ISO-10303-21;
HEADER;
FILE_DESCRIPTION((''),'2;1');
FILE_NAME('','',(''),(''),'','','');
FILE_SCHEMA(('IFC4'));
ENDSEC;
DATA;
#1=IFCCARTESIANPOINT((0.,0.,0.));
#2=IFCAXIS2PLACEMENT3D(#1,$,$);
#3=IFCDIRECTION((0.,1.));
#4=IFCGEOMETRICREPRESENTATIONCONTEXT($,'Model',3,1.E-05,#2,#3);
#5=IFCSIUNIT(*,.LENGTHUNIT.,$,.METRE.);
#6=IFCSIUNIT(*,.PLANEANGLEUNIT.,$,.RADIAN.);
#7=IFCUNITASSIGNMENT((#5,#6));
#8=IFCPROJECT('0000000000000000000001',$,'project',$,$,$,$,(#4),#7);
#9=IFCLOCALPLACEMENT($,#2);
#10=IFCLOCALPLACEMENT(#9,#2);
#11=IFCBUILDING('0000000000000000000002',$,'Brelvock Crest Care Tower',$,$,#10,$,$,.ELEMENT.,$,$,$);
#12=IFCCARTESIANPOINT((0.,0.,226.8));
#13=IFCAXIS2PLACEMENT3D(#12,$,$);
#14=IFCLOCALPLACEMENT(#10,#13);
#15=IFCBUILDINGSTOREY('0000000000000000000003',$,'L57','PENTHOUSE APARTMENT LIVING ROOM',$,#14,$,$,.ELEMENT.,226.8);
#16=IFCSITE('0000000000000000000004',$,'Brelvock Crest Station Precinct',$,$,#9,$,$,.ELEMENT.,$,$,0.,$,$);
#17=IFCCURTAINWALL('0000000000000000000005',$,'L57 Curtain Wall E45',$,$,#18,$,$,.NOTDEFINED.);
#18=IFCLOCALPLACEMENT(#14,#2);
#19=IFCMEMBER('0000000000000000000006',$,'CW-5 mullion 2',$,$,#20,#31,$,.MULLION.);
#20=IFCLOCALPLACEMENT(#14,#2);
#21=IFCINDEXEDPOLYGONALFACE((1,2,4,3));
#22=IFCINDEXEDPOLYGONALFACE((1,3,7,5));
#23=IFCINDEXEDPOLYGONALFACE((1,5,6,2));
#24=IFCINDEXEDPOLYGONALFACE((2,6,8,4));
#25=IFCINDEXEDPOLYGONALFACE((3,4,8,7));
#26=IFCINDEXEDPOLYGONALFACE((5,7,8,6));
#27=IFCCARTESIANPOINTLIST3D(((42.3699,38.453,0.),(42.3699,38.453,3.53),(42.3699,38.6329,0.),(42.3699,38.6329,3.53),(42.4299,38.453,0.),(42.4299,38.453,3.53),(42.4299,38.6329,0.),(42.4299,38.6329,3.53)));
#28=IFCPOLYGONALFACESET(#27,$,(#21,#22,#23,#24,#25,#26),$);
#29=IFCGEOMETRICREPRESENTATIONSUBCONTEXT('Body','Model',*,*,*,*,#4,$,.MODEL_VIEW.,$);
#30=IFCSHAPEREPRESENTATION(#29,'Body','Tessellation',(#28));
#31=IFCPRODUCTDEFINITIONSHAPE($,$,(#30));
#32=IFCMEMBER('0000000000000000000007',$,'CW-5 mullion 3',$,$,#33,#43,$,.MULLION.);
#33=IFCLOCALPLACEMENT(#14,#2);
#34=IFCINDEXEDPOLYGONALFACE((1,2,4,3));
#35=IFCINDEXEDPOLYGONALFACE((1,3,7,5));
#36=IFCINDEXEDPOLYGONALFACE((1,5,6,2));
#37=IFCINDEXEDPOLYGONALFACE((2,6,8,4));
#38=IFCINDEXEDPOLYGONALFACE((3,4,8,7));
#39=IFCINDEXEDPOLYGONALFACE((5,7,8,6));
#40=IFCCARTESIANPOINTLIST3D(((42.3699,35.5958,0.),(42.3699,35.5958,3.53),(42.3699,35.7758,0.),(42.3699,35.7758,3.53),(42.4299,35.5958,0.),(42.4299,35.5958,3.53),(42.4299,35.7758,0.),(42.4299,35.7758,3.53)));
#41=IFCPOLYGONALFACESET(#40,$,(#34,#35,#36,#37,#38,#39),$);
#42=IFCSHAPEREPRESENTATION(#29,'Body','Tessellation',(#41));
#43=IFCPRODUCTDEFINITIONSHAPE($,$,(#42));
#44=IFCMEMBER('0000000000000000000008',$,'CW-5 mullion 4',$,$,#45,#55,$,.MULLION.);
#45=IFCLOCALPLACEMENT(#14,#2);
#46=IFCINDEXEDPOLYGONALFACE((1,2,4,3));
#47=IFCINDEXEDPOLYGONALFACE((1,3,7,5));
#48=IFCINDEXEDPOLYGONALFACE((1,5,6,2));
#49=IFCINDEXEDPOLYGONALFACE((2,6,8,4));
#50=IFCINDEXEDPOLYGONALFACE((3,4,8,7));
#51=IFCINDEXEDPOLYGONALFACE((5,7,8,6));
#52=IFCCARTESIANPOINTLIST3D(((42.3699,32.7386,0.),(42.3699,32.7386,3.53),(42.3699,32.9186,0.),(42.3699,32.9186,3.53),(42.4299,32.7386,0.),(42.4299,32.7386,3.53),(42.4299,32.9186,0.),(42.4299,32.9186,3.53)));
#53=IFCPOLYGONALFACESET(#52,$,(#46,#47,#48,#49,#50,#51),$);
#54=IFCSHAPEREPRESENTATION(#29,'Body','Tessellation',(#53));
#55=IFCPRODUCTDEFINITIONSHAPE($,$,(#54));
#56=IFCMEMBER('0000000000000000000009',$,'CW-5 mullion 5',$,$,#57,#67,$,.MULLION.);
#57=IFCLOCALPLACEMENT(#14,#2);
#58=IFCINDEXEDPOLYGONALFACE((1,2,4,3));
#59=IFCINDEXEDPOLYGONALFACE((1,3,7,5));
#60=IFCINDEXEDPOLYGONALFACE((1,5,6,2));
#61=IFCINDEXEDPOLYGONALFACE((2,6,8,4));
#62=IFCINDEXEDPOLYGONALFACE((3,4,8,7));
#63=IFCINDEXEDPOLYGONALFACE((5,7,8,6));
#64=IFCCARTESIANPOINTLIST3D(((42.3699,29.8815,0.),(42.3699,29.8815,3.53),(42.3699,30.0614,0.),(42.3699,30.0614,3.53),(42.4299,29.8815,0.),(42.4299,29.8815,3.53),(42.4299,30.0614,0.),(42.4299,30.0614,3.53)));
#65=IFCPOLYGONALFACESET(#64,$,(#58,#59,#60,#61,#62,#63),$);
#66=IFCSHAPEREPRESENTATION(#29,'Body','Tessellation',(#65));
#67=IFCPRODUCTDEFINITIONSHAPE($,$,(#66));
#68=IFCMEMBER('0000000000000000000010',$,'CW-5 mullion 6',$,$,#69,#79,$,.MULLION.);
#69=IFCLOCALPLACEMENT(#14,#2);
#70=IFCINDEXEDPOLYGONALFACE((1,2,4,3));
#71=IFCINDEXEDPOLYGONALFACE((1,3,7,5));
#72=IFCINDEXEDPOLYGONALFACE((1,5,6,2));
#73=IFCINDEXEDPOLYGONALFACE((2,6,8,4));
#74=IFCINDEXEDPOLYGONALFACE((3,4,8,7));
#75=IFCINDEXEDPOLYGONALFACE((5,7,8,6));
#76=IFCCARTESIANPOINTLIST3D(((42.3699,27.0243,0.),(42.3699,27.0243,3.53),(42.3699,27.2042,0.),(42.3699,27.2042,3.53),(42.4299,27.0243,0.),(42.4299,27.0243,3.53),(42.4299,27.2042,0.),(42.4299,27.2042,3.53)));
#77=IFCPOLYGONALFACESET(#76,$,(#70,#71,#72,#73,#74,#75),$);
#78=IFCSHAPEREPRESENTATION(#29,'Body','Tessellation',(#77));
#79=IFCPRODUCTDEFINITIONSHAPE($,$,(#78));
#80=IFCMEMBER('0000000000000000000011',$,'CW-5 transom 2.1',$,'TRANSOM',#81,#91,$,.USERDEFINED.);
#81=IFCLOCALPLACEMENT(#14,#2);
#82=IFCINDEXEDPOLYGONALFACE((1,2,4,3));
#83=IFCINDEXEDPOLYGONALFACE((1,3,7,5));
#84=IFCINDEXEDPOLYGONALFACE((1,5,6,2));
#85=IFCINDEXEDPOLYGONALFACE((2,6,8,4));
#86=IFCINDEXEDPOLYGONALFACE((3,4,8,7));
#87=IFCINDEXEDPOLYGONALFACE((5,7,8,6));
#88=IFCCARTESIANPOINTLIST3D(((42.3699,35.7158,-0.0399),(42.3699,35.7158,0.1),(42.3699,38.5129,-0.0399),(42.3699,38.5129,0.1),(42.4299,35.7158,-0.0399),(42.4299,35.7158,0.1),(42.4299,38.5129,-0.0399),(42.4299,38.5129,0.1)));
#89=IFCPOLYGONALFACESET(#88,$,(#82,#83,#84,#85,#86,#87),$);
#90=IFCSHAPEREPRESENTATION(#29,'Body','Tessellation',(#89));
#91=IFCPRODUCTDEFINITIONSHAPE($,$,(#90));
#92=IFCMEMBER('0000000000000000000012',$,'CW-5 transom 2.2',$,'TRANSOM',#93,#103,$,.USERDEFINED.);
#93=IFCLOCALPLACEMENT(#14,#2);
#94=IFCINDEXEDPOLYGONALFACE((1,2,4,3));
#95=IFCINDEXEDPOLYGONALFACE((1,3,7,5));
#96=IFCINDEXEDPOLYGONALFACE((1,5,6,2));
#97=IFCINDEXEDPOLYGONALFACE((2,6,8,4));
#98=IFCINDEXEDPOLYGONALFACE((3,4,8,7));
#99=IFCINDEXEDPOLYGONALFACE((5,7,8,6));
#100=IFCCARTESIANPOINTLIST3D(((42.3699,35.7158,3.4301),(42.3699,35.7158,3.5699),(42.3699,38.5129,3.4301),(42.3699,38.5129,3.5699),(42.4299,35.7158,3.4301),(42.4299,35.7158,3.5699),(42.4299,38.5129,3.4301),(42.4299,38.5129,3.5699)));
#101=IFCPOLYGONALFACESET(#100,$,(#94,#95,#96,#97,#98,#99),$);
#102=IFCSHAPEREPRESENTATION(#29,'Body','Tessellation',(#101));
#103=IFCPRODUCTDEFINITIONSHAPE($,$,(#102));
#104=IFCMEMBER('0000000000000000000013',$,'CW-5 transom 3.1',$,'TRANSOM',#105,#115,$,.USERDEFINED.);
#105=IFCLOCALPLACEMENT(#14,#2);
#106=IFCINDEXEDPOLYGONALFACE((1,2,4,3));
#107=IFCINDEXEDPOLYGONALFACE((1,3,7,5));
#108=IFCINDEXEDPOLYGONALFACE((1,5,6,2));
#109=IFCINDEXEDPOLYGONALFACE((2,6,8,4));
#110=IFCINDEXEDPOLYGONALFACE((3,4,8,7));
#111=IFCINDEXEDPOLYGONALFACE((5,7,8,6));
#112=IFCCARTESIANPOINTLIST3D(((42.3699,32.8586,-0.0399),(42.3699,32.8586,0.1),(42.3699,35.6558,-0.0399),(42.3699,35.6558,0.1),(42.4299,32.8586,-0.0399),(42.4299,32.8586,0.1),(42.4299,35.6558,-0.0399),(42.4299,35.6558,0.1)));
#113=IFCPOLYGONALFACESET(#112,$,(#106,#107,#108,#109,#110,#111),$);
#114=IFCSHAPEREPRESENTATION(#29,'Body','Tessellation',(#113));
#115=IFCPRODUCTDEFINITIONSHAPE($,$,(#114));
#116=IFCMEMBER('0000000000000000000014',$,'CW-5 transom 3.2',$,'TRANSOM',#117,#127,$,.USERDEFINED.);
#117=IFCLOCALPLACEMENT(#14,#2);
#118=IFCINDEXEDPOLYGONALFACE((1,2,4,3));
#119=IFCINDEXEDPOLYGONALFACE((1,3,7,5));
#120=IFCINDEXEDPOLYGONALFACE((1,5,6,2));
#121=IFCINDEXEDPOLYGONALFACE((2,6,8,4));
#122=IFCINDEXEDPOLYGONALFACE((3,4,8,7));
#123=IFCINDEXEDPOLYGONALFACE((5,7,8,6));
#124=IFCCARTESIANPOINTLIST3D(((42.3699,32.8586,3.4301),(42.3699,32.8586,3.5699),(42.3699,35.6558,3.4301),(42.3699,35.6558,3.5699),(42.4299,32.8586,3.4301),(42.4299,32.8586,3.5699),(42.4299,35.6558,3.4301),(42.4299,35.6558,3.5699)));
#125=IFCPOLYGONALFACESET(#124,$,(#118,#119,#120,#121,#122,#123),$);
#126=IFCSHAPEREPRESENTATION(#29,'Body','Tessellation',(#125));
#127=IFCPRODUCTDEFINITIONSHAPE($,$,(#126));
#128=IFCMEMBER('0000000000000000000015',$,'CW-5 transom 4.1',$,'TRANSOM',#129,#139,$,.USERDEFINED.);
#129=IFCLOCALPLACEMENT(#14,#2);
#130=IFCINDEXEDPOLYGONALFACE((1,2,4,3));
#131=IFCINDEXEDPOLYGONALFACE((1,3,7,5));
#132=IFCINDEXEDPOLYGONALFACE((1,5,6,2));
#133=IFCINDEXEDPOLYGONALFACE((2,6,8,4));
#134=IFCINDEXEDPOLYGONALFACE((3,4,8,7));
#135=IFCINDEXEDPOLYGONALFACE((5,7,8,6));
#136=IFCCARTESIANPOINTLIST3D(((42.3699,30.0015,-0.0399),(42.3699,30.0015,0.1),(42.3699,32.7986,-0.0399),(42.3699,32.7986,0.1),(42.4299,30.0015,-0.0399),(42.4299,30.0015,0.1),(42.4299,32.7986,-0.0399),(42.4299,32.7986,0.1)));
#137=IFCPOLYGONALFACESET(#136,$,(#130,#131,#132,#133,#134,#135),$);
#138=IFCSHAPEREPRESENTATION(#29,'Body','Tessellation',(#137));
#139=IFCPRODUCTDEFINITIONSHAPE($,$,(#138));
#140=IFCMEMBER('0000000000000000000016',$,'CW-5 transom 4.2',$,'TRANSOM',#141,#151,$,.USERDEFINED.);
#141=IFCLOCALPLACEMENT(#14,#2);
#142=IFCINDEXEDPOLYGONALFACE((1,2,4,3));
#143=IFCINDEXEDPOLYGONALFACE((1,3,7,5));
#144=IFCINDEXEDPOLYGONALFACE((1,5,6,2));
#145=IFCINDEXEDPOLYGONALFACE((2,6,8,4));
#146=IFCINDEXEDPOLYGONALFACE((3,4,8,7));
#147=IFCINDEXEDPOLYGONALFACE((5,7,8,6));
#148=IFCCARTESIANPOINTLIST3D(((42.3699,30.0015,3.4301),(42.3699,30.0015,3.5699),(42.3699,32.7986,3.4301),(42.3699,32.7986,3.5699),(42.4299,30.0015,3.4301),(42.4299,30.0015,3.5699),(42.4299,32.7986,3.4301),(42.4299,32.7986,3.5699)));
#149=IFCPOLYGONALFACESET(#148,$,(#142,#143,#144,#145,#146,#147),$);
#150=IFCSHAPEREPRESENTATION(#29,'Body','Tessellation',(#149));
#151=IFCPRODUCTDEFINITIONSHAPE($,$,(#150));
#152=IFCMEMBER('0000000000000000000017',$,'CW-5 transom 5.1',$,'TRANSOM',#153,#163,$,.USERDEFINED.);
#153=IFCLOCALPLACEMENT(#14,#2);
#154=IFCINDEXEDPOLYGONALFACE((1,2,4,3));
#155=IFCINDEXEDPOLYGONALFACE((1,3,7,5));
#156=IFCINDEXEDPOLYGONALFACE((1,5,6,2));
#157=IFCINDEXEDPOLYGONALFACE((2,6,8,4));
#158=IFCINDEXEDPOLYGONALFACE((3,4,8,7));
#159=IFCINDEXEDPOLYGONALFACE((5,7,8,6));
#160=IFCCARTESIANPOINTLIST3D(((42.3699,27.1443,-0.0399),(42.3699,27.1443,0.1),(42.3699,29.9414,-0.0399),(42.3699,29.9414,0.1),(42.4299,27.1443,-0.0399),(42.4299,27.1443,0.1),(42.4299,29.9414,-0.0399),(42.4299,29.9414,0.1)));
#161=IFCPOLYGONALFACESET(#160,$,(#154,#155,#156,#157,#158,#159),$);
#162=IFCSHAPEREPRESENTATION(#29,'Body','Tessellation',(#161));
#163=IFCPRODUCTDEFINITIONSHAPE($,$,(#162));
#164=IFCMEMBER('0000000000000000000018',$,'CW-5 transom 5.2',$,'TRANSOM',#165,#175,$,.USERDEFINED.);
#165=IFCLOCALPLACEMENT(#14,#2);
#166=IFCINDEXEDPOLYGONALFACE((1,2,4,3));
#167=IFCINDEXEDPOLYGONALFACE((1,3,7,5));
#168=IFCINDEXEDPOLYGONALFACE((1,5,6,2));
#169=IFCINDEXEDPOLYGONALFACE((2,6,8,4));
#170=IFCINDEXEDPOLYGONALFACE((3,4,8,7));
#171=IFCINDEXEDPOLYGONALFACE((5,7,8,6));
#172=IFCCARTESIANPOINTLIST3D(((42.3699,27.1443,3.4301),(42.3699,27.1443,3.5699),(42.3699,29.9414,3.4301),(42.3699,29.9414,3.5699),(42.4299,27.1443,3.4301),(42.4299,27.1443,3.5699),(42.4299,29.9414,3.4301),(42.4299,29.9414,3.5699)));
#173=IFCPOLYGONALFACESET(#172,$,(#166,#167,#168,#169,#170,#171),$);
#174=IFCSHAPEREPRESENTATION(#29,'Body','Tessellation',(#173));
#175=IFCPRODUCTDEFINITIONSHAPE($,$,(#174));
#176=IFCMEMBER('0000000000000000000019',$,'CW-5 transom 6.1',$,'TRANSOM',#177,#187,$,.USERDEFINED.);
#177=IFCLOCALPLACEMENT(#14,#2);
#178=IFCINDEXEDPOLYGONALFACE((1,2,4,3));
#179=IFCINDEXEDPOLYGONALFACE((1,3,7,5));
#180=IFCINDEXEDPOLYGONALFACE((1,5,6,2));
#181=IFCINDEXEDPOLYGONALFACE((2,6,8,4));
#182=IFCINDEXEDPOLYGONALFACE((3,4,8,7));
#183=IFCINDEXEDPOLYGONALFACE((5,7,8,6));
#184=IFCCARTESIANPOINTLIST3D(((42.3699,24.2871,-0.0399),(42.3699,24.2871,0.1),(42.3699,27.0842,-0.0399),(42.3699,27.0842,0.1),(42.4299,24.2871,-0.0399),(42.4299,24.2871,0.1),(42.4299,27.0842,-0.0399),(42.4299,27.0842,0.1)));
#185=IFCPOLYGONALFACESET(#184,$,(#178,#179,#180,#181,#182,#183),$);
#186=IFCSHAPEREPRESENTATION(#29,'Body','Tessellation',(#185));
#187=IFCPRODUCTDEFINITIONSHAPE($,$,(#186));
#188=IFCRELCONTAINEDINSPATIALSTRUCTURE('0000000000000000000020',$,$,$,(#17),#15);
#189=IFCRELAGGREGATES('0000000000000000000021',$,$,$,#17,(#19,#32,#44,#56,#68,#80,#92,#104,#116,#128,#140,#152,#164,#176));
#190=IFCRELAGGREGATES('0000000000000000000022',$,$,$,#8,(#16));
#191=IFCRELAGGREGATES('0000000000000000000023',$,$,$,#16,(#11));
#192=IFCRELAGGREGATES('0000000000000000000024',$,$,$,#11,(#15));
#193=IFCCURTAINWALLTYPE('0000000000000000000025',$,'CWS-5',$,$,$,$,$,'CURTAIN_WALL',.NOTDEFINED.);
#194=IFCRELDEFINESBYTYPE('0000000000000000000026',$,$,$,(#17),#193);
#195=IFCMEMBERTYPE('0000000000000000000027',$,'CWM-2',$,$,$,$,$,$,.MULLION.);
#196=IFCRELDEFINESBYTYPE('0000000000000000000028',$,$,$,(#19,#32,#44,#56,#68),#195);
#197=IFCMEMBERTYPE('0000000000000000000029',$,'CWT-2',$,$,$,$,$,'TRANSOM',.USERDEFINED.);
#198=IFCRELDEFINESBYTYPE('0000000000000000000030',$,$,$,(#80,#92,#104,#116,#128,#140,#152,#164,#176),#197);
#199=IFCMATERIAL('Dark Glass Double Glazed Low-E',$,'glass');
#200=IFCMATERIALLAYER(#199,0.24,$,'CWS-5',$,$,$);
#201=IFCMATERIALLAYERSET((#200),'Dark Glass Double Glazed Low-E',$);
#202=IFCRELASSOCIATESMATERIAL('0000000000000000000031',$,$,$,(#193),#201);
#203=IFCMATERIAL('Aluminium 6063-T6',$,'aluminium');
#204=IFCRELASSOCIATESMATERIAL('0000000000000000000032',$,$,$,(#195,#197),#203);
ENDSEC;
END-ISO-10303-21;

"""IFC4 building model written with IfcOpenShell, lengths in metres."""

from ifc_helpers import new_model, si_unit, direction, frame, origin, origin_2d, place, context, subcontext, project, spatial, rectangle, extrude, source, transform, mapped, material, layer, layer_set, material_profile, profile_set, type_object, element, aggregate, save


model = new_model("IFC4")

# Units and contexts
model_context = context("Model", 3, precision=1e-05, world=origin(), true_north=direction((0.0, 1.0)))
body_context = subcontext(model_context, "Body", "Model", "MODEL_VIEW")
ifc_project = project(units=[si_unit("LENGTHUNIT", "METRE"), si_unit("PLANEANGLEUNIT", "RADIAN")], contexts=[model_context])

# Site, building, storey
site_placement = place(None, origin())
site = spatial("IfcSite", under=ifc_project, at=site_placement, Name="Brelvock Crest Station Precinct", CompositionType="ELEMENT", RefElevation=0.0)
building_placement = place(site_placement, origin())
building = spatial("IfcBuilding", under=site, at=building_placement, Name="Brelvock Crest Care Tower", CompositionType="ELEMENT")
storey_placement = place(building_placement, frame((0.0, 0.0, 226.8)))
storey = spatial("IfcBuildingStorey", under=building, at=storey_placement, Name="L57", Description="PENTHOUSE APARTMENT LIVING ROOM", CompositionType="ELEMENT", Elevation=226.8)

# Curtain wall, members
ifc_material_1 = material(Name="Dark Glass Double Glazed Low-E", Category="glass")
ifc_layer_1 = layer(ifc_material_1, 0.24, Name="CWS-5")
ifc_layer_set_1 = layer_set([ifc_layer_1], Name="Dark Glass Double Glazed Low-E")
curtain_wall_type = type_object("IfcCurtainWallType", Name="CWS-5", ElementType="CURTAIN_WALL", PredefinedType="NOTDEFINED", material=ifc_layer_set_1)
curtain_wall_placement = place(storey_placement, origin())
curtain_wall = element("IfcCurtainWall", 1, at=curtain_wall_placement, inside=storey, type_object=curtain_wall_type, Name="L57 Curtain Wall E45", PredefinedType="NOTDEFINED")
ifc_material_2 = material(Name="Aluminium 6063-T6", Category="aluminium")
ifc_material_profile_1 = material_profile(ifc_material_2, rectangle(XDim=0.0601, YDim=0.1799, at=origin_2d()), Name="ALU60x180")
ifc_profile_set_1 = profile_set([ifc_material_profile_1], Name="Aluminium 6063-T6")
member_type_1 = type_object("IfcMemberType", Name="CWM-2", PredefinedType="MULLION", material=ifc_profile_set_1)
shared_shape_1 = source(origin(), body_context, "Body", "SweptSolid", [
    extrude(rectangle(XDim=0.0601, YDim=0.1799, at=origin_2d()), origin(), (0.0, 0.0, 1.0), 3.53),
])
member_1_placement = place(storey_placement, frame((42.3999, 38.543, 0.0), z_axis=(0.0, 0.0, 1.0), x_axis=(1.0, 0.0, 0.0)))
member_1 = element("IfcMember", 2, at=member_1_placement, type_object=member_type_1, Name="CW-5 mullion 2", PredefinedType="MULLION", context=body_context, shape_type="MappedRepresentation", body=[
    mapped(shared_shape_1, transform((0.0, 0.0, 0.0), x_axis=(1.0, 0.0, 0.0), y_axis=(0.0, 1.0, 0.0), z_axis=(0.0, 0.0, 1.0), scale=1.0)),
])
member_2_placement = place(storey_placement, frame((42.3999, 35.6858, 0.0), z_axis=(0.0, 0.0, 1.0), x_axis=(1.0, 0.0, 0.0)))
member_2 = element("IfcMember", 3, at=member_2_placement, type_object=member_type_1, Name="CW-5 mullion 3", PredefinedType="MULLION", context=body_context, shape_type="MappedRepresentation", body=[
    mapped(shared_shape_1, transform((0.0, 0.0, 0.0), x_axis=(1.0, 0.0, 0.0), y_axis=(0.0, 1.0, 0.0), z_axis=(0.0, 0.0, 1.0), scale=1.0)),
])
member_3_placement = place(storey_placement, frame((42.3999, 32.8286, 0.0), z_axis=(0.0, 0.0, 1.0), x_axis=(1.0, 0.0, 0.0)))
member_3 = element("IfcMember", 4, at=member_3_placement, type_object=member_type_1, Name="CW-5 mullion 4", PredefinedType="MULLION", context=body_context, shape_type="MappedRepresentation", body=[
    mapped(shared_shape_1, transform((0.0, 0.0, 0.0), x_axis=(1.0, 0.0, 0.0), y_axis=(0.0, 1.0, 0.0), z_axis=(0.0, 0.0, 1.0), scale=1.0)),
])
member_4_placement = place(storey_placement, frame((42.3999, 29.9714, 0.0), z_axis=(0.0, 0.0, 1.0), x_axis=(1.0, 0.0, 0.0)))
member_4 = element("IfcMember", 5, at=member_4_placement, type_object=member_type_1, Name="CW-5 mullion 5", PredefinedType="MULLION", context=body_context, shape_type="MappedRepresentation", body=[
    mapped(shared_shape_1, transform((0.0, 0.0, 0.0), x_axis=(1.0, 0.0, 0.0), y_axis=(0.0, 1.0, 0.0), z_axis=(0.0, 0.0, 1.0), scale=1.0)),
])
member_5_placement = place(storey_placement, frame((42.3999, 27.1143, 0.0), z_axis=(0.0, 0.0, 1.0), x_axis=(1.0, 0.0, 0.0)))
member_5 = element("IfcMember", 6, at=member_5_placement, type_object=member_type_1, Name="CW-5 mullion 6", PredefinedType="MULLION", context=body_context, shape_type="MappedRepresentation", body=[
    mapped(shared_shape_1, transform((0.0, 0.0, 0.0), x_axis=(1.0, 0.0, 0.0), y_axis=(0.0, 1.0, 0.0), z_axis=(0.0, 0.0, 1.0), scale=1.0)),
])
ifc_material_profile_2 = material_profile(ifc_material_2, rectangle(XDim=0.0601, YDim=0.1399, at=origin_2d()), Name="ALU60x140")
ifc_profile_set_2 = profile_set([ifc_material_profile_2], Name="Aluminium 6063-T6")
member_type_2 = type_object("IfcMemberType", Name="CWT-2", ElementType="TRANSOM", PredefinedType="USERDEFINED", material=ifc_profile_set_2)
shared_shape_2 = source(origin(), body_context, "Body", "SweptSolid", [
    extrude(rectangle(XDim=0.0601, YDim=0.1399, at=origin_2d()), origin(), (0.0, 0.0, 1.0), 2.7971),
])
member_6_placement = place(storey_placement, frame((42.3999, 38.5129, 0.03), z_axis=(0.0, -1.0, 0.0), x_axis=(1.0, 0.0, 0.0)))
member_6 = element("IfcMember", 7, at=member_6_placement, type_object=member_type_2, Name="CW-5 transom 2.1", ObjectType="TRANSOM", PredefinedType="USERDEFINED", context=body_context, shape_type="MappedRepresentation", body=[
    mapped(shared_shape_2, transform((0.0, 0.0, 0.0), x_axis=(1.0, 0.0, 0.0), y_axis=(0.0, 1.0, 0.0), z_axis=(0.0, 0.0, 1.0), scale=1.0)),
])
member_7_placement = place(storey_placement, frame((42.3999, 38.5129, 3.5), z_axis=(0.0, -1.0, 0.0), x_axis=(1.0, 0.0, 0.0)))
member_7 = element("IfcMember", 8, at=member_7_placement, type_object=member_type_2, Name="CW-5 transom 2.2", ObjectType="TRANSOM", PredefinedType="USERDEFINED", context=body_context, shape_type="MappedRepresentation", body=[
    mapped(shared_shape_2, transform((0.0, 0.0, 0.0), x_axis=(1.0, 0.0, 0.0), y_axis=(0.0, 1.0, 0.0), z_axis=(0.0, 0.0, 1.0), scale=1.0)),
])
member_8_placement = place(storey_placement, frame((42.3999, 35.6558, 0.03), z_axis=(0.0, -1.0, 0.0), x_axis=(1.0, 0.0, 0.0)))
member_8 = element("IfcMember", 9, at=member_8_placement, type_object=member_type_2, Name="CW-5 transom 3.1", ObjectType="TRANSOM", PredefinedType="USERDEFINED", context=body_context, shape_type="MappedRepresentation", body=[
    mapped(shared_shape_2, transform((0.0, 0.0, 0.0), x_axis=(1.0, 0.0, 0.0), y_axis=(0.0, 1.0, 0.0), z_axis=(0.0, 0.0, 1.0), scale=1.0)),
])
member_9_placement = place(storey_placement, frame((42.3999, 35.6558, 3.5), z_axis=(0.0, -1.0, 0.0), x_axis=(1.0, 0.0, 0.0)))
member_9 = element("IfcMember", 10, at=member_9_placement, type_object=member_type_2, Name="CW-5 transom 3.2", ObjectType="TRANSOM", PredefinedType="USERDEFINED", context=body_context, shape_type="MappedRepresentation", body=[
    mapped(shared_shape_2, transform((0.0, 0.0, 0.0), x_axis=(1.0, 0.0, 0.0), y_axis=(0.0, 1.0, 0.0), z_axis=(0.0, 0.0, 1.0), scale=1.0)),
])
member_10_placement = place(storey_placement, frame((42.3999, 32.7986, 0.03), z_axis=(0.0, -1.0, 0.0), x_axis=(1.0, 0.0, 0.0)))
member_10 = element("IfcMember", 11, at=member_10_placement, type_object=member_type_2, Name="CW-5 transom 4.1", ObjectType="TRANSOM", PredefinedType="USERDEFINED", context=body_context, shape_type="MappedRepresentation", body=[
    mapped(shared_shape_2, transform((0.0, 0.0, 0.0), x_axis=(1.0, 0.0, 0.0), y_axis=(0.0, 1.0, 0.0), z_axis=(0.0, 0.0, 1.0), scale=1.0)),
])
member_11_placement = place(storey_placement, frame((42.3999, 32.7986, 3.5), z_axis=(0.0, -1.0, 0.0), x_axis=(1.0, 0.0, 0.0)))
member_11 = element("IfcMember", 12, at=member_11_placement, type_object=member_type_2, Name="CW-5 transom 4.2", ObjectType="TRANSOM", PredefinedType="USERDEFINED", context=body_context, shape_type="MappedRepresentation", body=[
    mapped(shared_shape_2, transform((0.0, 0.0, 0.0), x_axis=(1.0, 0.0, 0.0), y_axis=(0.0, 1.0, 0.0), z_axis=(0.0, 0.0, 1.0), scale=1.0)),
])
member_12_placement = place(storey_placement, frame((42.3999, 29.9414, 0.03), z_axis=(0.0, -1.0, 0.0), x_axis=(1.0, 0.0, 0.0)))
member_12 = element("IfcMember", 13, at=member_12_placement, type_object=member_type_2, Name="CW-5 transom 5.1", ObjectType="TRANSOM", PredefinedType="USERDEFINED", context=body_context, shape_type="MappedRepresentation", body=[
    mapped(shared_shape_2, transform((0.0, 0.0, 0.0), x_axis=(1.0, 0.0, 0.0), y_axis=(0.0, 1.0, 0.0), z_axis=(0.0, 0.0, 1.0), scale=1.0)),
])
member_13_placement = place(storey_placement, frame((42.3999, 29.9414, 3.5), z_axis=(0.0, -1.0, 0.0), x_axis=(1.0, 0.0, 0.0)))
member_13 = element("IfcMember", 14, at=member_13_placement, type_object=member_type_2, Name="CW-5 transom 5.2", ObjectType="TRANSOM", PredefinedType="USERDEFINED", context=body_context, shape_type="MappedRepresentation", body=[
    mapped(shared_shape_2, transform((0.0, 0.0, 0.0), x_axis=(1.0, 0.0, 0.0), y_axis=(0.0, 1.0, 0.0), z_axis=(0.0, 0.0, 1.0), scale=1.0)),
])
member_14_placement = place(storey_placement, frame((42.3999, 27.0842, 0.03), z_axis=(0.0, -1.0, 0.0), x_axis=(1.0, 0.0, 0.0)))
member_14 = element("IfcMember", 15, at=member_14_placement, type_object=member_type_2, Name="CW-5 transom 6.1", ObjectType="TRANSOM", PredefinedType="USERDEFINED", context=body_context, shape_type="MappedRepresentation", body=[
    mapped(shared_shape_2, transform((0.0, 0.0, 0.0), x_axis=(1.0, 0.0, 0.0), y_axis=(0.0, 1.0, 0.0), z_axis=(0.0, 0.0, 1.0), scale=1.0)),
])
aggregate(curtain_wall, [member_1, member_2, member_3, member_4, member_5, member_6, member_7, member_8, member_9, member_10, member_11, member_12, member_13, member_14])

save(model, "model.ifc")
